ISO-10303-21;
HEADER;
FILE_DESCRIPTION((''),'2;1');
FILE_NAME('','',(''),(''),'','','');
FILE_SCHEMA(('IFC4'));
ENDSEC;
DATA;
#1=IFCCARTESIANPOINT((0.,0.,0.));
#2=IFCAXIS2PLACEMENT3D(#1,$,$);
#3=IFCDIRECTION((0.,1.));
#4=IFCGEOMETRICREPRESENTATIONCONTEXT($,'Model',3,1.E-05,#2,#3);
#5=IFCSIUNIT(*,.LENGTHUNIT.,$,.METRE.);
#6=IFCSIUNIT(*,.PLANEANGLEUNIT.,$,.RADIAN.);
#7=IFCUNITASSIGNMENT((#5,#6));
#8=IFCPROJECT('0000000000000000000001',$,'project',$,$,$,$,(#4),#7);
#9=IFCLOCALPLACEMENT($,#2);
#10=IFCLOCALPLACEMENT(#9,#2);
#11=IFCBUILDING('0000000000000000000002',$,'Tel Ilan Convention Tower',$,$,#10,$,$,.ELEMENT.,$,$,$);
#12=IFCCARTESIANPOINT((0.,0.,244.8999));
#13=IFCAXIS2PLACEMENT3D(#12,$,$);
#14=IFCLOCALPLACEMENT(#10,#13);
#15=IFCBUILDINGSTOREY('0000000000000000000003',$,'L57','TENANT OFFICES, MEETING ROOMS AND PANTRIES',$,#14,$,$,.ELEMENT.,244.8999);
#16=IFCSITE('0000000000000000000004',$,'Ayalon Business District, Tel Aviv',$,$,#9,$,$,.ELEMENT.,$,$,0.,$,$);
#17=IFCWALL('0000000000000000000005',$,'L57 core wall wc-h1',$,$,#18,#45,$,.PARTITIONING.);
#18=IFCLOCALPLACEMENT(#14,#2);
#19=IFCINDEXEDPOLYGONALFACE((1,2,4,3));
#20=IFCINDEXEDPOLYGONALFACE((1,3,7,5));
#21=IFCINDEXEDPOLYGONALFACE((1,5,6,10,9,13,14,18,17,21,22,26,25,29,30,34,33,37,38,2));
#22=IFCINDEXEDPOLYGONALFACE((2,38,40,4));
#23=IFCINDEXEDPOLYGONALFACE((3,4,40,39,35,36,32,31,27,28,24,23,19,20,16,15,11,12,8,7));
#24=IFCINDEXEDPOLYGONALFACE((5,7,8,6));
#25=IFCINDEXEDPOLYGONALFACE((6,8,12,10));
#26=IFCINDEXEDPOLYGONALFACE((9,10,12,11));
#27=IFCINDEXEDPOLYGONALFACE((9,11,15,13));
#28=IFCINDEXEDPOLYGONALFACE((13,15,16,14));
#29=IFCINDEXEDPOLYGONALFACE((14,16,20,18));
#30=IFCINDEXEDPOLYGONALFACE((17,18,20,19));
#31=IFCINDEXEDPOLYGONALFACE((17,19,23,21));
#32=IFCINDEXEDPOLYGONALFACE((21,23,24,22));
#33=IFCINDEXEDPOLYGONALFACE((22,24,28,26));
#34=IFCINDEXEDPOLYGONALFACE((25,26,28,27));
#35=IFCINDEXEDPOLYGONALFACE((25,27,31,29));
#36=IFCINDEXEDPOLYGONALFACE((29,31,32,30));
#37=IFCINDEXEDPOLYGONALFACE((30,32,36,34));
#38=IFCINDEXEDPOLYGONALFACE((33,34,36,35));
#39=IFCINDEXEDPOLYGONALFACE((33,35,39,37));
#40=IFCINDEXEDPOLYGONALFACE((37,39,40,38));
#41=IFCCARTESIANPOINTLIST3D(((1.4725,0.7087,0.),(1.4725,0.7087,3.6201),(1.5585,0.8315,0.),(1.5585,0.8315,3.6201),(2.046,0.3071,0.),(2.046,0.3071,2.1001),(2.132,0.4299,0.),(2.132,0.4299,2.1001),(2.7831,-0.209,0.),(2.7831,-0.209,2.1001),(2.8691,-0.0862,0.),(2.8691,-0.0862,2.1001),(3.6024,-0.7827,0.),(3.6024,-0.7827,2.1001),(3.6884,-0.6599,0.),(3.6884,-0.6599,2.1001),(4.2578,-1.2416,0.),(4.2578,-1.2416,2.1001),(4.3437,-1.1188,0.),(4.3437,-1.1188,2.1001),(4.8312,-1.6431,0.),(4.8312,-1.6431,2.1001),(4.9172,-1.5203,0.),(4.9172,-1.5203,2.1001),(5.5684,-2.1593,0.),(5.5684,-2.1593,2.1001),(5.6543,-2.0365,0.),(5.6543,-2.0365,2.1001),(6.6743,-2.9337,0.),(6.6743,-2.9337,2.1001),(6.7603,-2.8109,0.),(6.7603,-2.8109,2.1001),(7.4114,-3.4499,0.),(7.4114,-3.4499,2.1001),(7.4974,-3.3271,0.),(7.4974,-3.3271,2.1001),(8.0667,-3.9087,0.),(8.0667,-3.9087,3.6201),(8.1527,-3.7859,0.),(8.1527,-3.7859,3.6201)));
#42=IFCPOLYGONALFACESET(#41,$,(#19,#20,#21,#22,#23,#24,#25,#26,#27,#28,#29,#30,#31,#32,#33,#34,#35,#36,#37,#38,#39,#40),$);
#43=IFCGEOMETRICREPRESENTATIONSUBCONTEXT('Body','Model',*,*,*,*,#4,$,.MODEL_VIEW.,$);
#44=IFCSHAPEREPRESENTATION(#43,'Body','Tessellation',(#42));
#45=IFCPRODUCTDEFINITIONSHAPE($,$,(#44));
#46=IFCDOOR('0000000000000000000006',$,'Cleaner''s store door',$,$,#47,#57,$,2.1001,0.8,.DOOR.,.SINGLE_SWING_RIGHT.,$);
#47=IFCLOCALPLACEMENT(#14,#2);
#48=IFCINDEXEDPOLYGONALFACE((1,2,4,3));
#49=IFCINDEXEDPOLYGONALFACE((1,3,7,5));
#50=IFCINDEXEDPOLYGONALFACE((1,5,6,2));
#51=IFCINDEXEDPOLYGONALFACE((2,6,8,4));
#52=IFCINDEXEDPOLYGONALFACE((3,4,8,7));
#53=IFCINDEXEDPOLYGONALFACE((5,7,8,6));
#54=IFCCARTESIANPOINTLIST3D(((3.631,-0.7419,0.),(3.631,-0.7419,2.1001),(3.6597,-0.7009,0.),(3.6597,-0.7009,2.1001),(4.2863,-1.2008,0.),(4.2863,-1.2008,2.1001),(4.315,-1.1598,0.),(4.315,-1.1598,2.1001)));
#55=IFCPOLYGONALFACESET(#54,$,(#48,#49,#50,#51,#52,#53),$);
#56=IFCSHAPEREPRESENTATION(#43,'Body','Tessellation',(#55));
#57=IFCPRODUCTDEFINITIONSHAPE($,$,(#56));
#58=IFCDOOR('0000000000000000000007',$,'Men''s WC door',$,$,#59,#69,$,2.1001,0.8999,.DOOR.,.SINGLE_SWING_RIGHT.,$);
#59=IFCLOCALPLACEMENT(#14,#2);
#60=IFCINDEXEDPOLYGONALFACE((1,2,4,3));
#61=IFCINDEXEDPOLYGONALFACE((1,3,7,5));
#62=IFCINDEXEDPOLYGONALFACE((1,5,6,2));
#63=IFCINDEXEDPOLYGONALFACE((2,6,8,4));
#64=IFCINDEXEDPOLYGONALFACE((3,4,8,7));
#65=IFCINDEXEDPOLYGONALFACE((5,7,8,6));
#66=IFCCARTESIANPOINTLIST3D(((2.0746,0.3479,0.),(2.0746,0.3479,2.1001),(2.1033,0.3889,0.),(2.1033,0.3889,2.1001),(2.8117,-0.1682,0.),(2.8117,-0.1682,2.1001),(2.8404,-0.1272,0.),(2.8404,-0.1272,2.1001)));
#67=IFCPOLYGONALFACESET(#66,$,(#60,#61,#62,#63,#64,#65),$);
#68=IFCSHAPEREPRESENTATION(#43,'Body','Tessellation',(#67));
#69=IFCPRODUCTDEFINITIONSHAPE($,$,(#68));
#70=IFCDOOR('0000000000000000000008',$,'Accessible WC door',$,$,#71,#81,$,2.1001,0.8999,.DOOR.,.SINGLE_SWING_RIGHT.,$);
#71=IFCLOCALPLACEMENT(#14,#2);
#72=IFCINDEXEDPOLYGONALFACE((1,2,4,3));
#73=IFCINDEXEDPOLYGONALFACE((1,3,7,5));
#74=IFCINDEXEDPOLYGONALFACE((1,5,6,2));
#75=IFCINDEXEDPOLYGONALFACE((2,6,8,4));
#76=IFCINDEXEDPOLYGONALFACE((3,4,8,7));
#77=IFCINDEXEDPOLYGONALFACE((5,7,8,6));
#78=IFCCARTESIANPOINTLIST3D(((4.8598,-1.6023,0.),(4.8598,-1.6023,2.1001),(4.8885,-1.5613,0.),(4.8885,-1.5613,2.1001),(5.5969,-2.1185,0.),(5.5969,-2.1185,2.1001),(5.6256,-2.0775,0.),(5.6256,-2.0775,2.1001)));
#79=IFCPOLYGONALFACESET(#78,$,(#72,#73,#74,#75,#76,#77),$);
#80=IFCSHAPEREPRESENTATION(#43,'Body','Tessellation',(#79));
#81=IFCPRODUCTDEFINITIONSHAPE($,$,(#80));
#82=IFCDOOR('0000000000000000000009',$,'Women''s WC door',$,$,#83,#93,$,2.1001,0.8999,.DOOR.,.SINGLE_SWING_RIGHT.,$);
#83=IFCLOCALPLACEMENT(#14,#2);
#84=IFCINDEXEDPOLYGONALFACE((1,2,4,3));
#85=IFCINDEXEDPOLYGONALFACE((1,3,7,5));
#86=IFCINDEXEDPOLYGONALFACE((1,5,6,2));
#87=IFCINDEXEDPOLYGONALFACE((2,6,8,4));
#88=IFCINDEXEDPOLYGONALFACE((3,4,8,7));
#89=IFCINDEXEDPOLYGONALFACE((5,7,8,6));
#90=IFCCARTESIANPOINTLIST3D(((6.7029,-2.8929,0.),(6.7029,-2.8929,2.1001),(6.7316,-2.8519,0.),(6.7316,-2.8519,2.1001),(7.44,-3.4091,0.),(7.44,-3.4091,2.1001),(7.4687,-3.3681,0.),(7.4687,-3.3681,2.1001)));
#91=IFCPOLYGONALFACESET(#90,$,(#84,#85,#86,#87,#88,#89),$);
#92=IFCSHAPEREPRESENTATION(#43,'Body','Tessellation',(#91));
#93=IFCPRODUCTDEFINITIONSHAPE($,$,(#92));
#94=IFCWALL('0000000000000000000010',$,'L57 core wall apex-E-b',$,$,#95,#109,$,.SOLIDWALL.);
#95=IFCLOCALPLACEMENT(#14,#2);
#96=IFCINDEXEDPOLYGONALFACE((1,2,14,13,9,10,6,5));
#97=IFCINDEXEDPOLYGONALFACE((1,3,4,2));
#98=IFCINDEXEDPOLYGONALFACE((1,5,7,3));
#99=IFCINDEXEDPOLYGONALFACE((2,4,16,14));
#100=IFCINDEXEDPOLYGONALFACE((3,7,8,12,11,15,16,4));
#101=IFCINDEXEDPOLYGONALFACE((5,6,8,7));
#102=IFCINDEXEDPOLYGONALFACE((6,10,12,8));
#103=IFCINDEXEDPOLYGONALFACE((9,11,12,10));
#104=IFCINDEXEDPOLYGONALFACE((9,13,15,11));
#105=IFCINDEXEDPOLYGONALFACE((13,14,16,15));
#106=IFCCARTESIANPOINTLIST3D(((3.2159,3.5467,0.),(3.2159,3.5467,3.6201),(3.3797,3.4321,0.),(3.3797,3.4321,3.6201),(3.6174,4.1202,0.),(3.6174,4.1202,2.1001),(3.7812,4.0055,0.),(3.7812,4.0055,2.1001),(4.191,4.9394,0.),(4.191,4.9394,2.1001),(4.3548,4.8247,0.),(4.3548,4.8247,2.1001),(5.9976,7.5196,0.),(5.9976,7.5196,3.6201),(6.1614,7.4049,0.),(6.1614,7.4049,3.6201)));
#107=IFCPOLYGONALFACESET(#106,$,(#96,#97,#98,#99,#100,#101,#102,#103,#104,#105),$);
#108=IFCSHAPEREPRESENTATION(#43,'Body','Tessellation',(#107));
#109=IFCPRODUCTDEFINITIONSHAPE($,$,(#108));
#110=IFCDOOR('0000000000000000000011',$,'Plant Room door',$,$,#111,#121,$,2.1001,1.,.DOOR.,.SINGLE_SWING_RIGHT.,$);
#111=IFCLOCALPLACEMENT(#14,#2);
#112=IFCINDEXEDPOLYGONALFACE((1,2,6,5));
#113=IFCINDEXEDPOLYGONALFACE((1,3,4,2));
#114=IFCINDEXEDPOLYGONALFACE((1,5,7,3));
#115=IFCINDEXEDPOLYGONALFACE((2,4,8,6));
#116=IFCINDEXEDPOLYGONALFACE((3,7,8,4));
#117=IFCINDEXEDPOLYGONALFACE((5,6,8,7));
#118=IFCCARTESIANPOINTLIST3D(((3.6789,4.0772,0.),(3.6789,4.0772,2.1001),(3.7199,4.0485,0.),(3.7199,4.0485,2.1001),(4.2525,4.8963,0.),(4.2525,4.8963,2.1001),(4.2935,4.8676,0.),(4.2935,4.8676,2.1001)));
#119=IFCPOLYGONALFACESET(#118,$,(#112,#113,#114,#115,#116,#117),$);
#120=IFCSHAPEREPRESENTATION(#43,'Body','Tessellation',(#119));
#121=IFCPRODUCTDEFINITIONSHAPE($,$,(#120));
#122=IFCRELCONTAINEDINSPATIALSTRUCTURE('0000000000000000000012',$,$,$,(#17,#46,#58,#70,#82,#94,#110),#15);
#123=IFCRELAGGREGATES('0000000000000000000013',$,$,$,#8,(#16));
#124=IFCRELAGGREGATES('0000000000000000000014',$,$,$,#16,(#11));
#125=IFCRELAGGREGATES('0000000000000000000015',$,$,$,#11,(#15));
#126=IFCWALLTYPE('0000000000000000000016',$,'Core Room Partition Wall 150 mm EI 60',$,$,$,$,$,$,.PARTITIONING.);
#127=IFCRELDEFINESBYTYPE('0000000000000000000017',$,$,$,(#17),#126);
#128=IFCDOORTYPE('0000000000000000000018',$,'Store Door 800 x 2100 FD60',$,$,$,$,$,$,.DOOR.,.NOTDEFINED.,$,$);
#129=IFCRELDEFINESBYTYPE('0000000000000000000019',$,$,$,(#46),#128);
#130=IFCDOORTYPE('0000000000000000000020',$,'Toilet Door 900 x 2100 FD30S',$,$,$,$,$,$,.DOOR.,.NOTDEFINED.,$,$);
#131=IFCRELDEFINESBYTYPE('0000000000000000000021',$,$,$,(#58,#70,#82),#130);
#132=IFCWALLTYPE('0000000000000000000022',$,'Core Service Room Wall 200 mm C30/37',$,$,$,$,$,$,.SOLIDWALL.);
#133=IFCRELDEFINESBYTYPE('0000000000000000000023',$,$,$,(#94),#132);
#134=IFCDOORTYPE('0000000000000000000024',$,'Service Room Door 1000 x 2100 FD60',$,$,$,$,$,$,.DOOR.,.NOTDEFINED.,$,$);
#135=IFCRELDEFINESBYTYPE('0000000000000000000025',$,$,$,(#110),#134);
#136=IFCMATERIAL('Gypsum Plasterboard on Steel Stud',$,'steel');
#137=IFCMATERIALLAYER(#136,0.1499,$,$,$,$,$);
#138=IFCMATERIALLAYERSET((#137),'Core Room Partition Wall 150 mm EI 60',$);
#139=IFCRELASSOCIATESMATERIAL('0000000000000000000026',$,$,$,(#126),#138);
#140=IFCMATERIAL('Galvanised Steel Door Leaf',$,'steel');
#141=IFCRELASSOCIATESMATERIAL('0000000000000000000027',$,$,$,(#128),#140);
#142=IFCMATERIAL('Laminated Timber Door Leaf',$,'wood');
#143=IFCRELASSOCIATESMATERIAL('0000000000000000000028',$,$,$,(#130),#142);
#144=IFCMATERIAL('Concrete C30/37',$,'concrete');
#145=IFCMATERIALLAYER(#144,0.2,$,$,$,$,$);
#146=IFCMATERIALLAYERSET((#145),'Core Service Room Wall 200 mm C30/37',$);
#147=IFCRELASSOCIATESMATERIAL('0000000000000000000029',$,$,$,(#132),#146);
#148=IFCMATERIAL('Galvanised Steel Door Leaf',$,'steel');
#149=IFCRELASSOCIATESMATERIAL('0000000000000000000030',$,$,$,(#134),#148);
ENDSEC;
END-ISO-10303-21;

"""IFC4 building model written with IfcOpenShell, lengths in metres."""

from ifc_helpers import new_model, si_unit, direction, frame, frame_2d, origin, place, context, subcontext, project, spatial, rectangle, extrude, material, layer, layer_set, type_object, element, fill, save


model = new_model("IFC4")

# Units and contexts
model_context = context("Model", 3, precision=1e-05, world=origin(), true_north=direction((0.0, 1.0)))
body_context = subcontext(model_context, "Body", "Model", "MODEL_VIEW")
ifc_project = project(units=[si_unit("LENGTHUNIT", "METRE"), si_unit("PLANEANGLEUNIT", "RADIAN")], contexts=[model_context])

# Site, building, storey
site_placement = place(None, origin())
site = spatial("IfcSite", under=ifc_project, at=site_placement, Name="Ayalon Business District, Tel Aviv", CompositionType="ELEMENT", RefElevation=0.0)
building_placement = place(site_placement, origin())
building = spatial("IfcBuilding", under=site, at=building_placement, Name="Tel Ilan Convention Tower", CompositionType="ELEMENT")
storey_placement = place(building_placement, frame((0.0, 0.0, 244.8999)))
storey = spatial("IfcBuildingStorey", under=building, at=storey_placement, Name="L57", Description="TENANT OFFICES, MEETING ROOMS AND PANTRIES", CompositionType="ELEMENT", Elevation=244.8999)

# Wall, openings, doors
ifc_material_1 = material(Name="Gypsum Plasterboard on Steel Stud", Category="steel")
ifc_layer_1 = layer(ifc_material_1, 0.1499)
ifc_layer_set_1 = layer_set([ifc_layer_1], Name="Core Room Partition Wall 150 mm EI 60")
wall_type_1 = type_object("IfcWallType", Name="Core Room Partition Wall 150 mm EI 60", PredefinedType="PARTITIONING", material=ifc_layer_set_1)
wall_1_placement = place(storey_placement, frame((1.5156, 0.77, 0.0), z_axis=(0.0, 0.0, 1.0), x_axis=(0.819146, -0.573584, 0.0)))
wall_1 = element("IfcWall", 1, at=wall_1_placement, inside=storey, type_object=wall_type_1, Name="L57 core wall wc-h1", PredefinedType="PARTITIONING", context=body_context, shape_type="SweptSolid", body=[
    extrude(rectangle(XDim=8.05, YDim=0.1499, at=frame_2d((4.0249, 0.0))), origin(), (0.0, 0.0, 1.0), 3.6201),
])
opening_1_placement = place(wall_1_placement, frame((0.7, 0.0, 0.0)))
opening_1 = element("IfcOpeningElement", 2, at=opening_1_placement, cuts=wall_1, PredefinedType="OPENING", context=body_context, shape_type="SweptSolid", body=[
    extrude(rectangle(XDim=0.8999, YDim=2.1001, at=frame_2d((0.45, 1.05))), frame((0.0, 0.085, 0.0), z_axis=(0.0, -1.0, 0.0), x_axis=(1.0, 0.0, 0.0)), (0.0, 0.0, 1.0), 0.1699),
])
opening_2_placement = place(wall_1_placement, frame((2.6001, 0.0, 0.0)))
opening_2 = element("IfcOpeningElement", 3, at=opening_2_placement, cuts=wall_1, PredefinedType="OPENING", context=body_context, shape_type="SweptSolid", body=[
    extrude(rectangle(XDim=0.8, YDim=2.1001, at=frame_2d((0.3999, 1.05))), frame((0.0, 0.085, 0.0), z_axis=(0.0, -1.0, 0.0), x_axis=(1.0, 0.0, 0.0)), (0.0, 0.0, 1.0), 0.1699),
])
opening_3_placement = place(wall_1_placement, frame((4.1001, 0.0, 0.0)))
opening_3 = element("IfcOpeningElement", 4, at=opening_3_placement, cuts=wall_1, PredefinedType="OPENING", context=body_context, shape_type="SweptSolid", body=[
    extrude(rectangle(XDim=0.8999, YDim=2.1001, at=frame_2d((0.45, 1.05))), frame((0.0, 0.085, 0.0), z_axis=(0.0, -1.0, 0.0), x_axis=(1.0, 0.0, 0.0)), (0.0, 0.0, 1.0), 0.1699),
])
opening_4_placement = place(wall_1_placement, frame((6.3501, 0.0, 0.0)))
opening_4 = element("IfcOpeningElement", 5, at=opening_4_placement, cuts=wall_1, PredefinedType="OPENING", context=body_context, shape_type="SweptSolid", body=[
    extrude(rectangle(XDim=0.8999, YDim=2.1001, at=frame_2d((0.45, 1.05))), frame((0.0, 0.085, 0.0), z_axis=(0.0, -1.0, 0.0), x_axis=(1.0, 0.0, 0.0)), (0.0, 0.0, 1.0), 0.1699),
])
ifc_material_2 = material(Name="Galvanised Steel Door Leaf", Category="steel")
door_type_1 = type_object("IfcDoorType", Name="Store Door 800 x 2100 FD60", OperationType="NOTDEFINED", PredefinedType="DOOR", material=ifc_material_2)
door_1_placement = place(opening_2_placement, origin())
door_1 = element("IfcDoor", 6, at=door_1_placement, inside=storey, type_object=door_type_1, Name="Cleaner's store door", OperationType="SINGLE_SWING_RIGHT", OverallHeight=2.1001, OverallWidth=0.8, PredefinedType="DOOR", context=body_context, shape_type="SweptSolid", body=[
    extrude(rectangle(XDim=0.8, YDim=2.1001, at=frame_2d((0.3999, 1.05))), frame((0.0, 0.0249, 0.0), z_axis=(0.0, -1.0, 0.0), x_axis=(1.0, 0.0, 0.0)), (0.0, 0.0, 1.0), 0.05),
])
fill(opening_2, door_1)
ifc_material_3 = material(Name="Laminated Timber Door Leaf", Category="wood")
door_type_2 = type_object("IfcDoorType", Name="Toilet Door 900 x 2100 FD30S", OperationType="NOTDEFINED", PredefinedType="DOOR", material=ifc_material_3)
door_2_placement = place(opening_1_placement, origin())
door_2 = element("IfcDoor", 7, at=door_2_placement, inside=storey, type_object=door_type_2, Name="Men's WC door", OperationType="SINGLE_SWING_RIGHT", OverallHeight=2.1001, OverallWidth=0.8999, PredefinedType="DOOR", context=body_context, shape_type="SweptSolid", body=[
    extrude(rectangle(XDim=0.8999, YDim=2.1001, at=frame_2d((0.45, 1.05))), frame((0.0, 0.0249, 0.0), z_axis=(0.0, -1.0, 0.0), x_axis=(1.0, 0.0, 0.0)), (0.0, 0.0, 1.0), 0.05),
])
fill(opening_1, door_2)
door_3_placement = place(opening_3_placement, origin())
door_3 = element("IfcDoor", 8, at=door_3_placement, inside=storey, type_object=door_type_2, Name="Accessible WC door", OperationType="SINGLE_SWING_RIGHT", OverallHeight=2.1001, OverallWidth=0.8999, PredefinedType="DOOR", context=body_context, shape_type="SweptSolid", body=[
    extrude(rectangle(XDim=0.8999, YDim=2.1001, at=frame_2d((0.45, 1.05))), frame((0.0, 0.0249, 0.0), z_axis=(0.0, -1.0, 0.0), x_axis=(1.0, 0.0, 0.0)), (0.0, 0.0, 1.0), 0.05),
])
fill(opening_3, door_3)
door_4_placement = place(opening_4_placement, origin())
door_4 = element("IfcDoor", 9, at=door_4_placement, inside=storey, type_object=door_type_2, Name="Women's WC door", OperationType="SINGLE_SWING_RIGHT", OverallHeight=2.1001, OverallWidth=0.8999, PredefinedType="DOOR", context=body_context, shape_type="SweptSolid", body=[
    extrude(rectangle(XDim=0.8999, YDim=2.1001, at=frame_2d((0.45, 1.05))), frame((0.0, 0.0249, 0.0), z_axis=(0.0, -1.0, 0.0), x_axis=(1.0, 0.0, 0.0)), (0.0, 0.0, 1.0), 0.05),
])
fill(opening_4, door_4)

# Wall, opening, door
ifc_material_4 = material(Name="Concrete C30/37", Category="concrete")
ifc_layer_2 = layer(ifc_material_4, 0.2)
ifc_layer_set_2 = layer_set([ifc_layer_2], Name="Core Service Room Wall 200 mm C30/37")
wall_type_2 = type_object("IfcWallType", Name="Core Service Room Wall 200 mm C30/37", PredefinedType="SOLIDWALL", material=ifc_layer_set_2)
wall_2_placement = place(storey_placement, frame((3.2979, 3.4895, 0.0), z_axis=(0.0, 0.0, 1.0), x_axis=(0.57356, 0.819163, 0.0)))
wall_2 = element("IfcWall", 10, at=wall_2_placement, inside=storey, type_object=wall_type_2, Name="L57 core wall apex-E-b", PredefinedType="SOLIDWALL", context=body_context, shape_type="SweptSolid", body=[
    extrude(rectangle(XDim=4.8499, YDim=0.2, at=frame_2d((2.4248, 0.0))), origin(), (0.0, 0.0, 1.0), 3.6201),
])
opening_5_placement = place(wall_2_placement, frame((0.7, 0.0, 0.0)))
opening_5 = element("IfcOpeningElement", 11, at=opening_5_placement, cuts=wall_2, PredefinedType="OPENING", context=body_context, shape_type="SweptSolid", body=[
    extrude(rectangle(XDim=1.0, YDim=2.1001, at=frame_2d((0.5, 1.05))), frame((0.0, 0.1099, 0.0), z_axis=(0.0, -1.0, 0.0), x_axis=(1.0, 0.0, 0.0)), (0.0, 0.0, 1.0), 0.22),
])
ifc_material_5 = material(Name="Galvanised Steel Door Leaf", Category="steel")
door_type_3 = type_object("IfcDoorType", Name="Service Room Door 1000 x 2100 FD60", OperationType="NOTDEFINED", PredefinedType="DOOR", material=ifc_material_5)
door_5_placement = place(opening_5_placement, origin())
door_5 = element("IfcDoor", 12, at=door_5_placement, inside=storey, type_object=door_type_3, Name="Plant Room door", OperationType="SINGLE_SWING_RIGHT", OverallHeight=2.1001, OverallWidth=1.0, PredefinedType="DOOR", context=body_context, shape_type="SweptSolid", body=[
    extrude(rectangle(XDim=1.0, YDim=2.1001, at=frame_2d((0.5, 1.05))), frame((0.0, 0.0249, 0.0), z_axis=(0.0, -1.0, 0.0), x_axis=(1.0, 0.0, 0.0)), (0.0, 0.0, 1.0), 0.05),
])
fill(opening_5, door_5)

save(model, "model.ifc")
